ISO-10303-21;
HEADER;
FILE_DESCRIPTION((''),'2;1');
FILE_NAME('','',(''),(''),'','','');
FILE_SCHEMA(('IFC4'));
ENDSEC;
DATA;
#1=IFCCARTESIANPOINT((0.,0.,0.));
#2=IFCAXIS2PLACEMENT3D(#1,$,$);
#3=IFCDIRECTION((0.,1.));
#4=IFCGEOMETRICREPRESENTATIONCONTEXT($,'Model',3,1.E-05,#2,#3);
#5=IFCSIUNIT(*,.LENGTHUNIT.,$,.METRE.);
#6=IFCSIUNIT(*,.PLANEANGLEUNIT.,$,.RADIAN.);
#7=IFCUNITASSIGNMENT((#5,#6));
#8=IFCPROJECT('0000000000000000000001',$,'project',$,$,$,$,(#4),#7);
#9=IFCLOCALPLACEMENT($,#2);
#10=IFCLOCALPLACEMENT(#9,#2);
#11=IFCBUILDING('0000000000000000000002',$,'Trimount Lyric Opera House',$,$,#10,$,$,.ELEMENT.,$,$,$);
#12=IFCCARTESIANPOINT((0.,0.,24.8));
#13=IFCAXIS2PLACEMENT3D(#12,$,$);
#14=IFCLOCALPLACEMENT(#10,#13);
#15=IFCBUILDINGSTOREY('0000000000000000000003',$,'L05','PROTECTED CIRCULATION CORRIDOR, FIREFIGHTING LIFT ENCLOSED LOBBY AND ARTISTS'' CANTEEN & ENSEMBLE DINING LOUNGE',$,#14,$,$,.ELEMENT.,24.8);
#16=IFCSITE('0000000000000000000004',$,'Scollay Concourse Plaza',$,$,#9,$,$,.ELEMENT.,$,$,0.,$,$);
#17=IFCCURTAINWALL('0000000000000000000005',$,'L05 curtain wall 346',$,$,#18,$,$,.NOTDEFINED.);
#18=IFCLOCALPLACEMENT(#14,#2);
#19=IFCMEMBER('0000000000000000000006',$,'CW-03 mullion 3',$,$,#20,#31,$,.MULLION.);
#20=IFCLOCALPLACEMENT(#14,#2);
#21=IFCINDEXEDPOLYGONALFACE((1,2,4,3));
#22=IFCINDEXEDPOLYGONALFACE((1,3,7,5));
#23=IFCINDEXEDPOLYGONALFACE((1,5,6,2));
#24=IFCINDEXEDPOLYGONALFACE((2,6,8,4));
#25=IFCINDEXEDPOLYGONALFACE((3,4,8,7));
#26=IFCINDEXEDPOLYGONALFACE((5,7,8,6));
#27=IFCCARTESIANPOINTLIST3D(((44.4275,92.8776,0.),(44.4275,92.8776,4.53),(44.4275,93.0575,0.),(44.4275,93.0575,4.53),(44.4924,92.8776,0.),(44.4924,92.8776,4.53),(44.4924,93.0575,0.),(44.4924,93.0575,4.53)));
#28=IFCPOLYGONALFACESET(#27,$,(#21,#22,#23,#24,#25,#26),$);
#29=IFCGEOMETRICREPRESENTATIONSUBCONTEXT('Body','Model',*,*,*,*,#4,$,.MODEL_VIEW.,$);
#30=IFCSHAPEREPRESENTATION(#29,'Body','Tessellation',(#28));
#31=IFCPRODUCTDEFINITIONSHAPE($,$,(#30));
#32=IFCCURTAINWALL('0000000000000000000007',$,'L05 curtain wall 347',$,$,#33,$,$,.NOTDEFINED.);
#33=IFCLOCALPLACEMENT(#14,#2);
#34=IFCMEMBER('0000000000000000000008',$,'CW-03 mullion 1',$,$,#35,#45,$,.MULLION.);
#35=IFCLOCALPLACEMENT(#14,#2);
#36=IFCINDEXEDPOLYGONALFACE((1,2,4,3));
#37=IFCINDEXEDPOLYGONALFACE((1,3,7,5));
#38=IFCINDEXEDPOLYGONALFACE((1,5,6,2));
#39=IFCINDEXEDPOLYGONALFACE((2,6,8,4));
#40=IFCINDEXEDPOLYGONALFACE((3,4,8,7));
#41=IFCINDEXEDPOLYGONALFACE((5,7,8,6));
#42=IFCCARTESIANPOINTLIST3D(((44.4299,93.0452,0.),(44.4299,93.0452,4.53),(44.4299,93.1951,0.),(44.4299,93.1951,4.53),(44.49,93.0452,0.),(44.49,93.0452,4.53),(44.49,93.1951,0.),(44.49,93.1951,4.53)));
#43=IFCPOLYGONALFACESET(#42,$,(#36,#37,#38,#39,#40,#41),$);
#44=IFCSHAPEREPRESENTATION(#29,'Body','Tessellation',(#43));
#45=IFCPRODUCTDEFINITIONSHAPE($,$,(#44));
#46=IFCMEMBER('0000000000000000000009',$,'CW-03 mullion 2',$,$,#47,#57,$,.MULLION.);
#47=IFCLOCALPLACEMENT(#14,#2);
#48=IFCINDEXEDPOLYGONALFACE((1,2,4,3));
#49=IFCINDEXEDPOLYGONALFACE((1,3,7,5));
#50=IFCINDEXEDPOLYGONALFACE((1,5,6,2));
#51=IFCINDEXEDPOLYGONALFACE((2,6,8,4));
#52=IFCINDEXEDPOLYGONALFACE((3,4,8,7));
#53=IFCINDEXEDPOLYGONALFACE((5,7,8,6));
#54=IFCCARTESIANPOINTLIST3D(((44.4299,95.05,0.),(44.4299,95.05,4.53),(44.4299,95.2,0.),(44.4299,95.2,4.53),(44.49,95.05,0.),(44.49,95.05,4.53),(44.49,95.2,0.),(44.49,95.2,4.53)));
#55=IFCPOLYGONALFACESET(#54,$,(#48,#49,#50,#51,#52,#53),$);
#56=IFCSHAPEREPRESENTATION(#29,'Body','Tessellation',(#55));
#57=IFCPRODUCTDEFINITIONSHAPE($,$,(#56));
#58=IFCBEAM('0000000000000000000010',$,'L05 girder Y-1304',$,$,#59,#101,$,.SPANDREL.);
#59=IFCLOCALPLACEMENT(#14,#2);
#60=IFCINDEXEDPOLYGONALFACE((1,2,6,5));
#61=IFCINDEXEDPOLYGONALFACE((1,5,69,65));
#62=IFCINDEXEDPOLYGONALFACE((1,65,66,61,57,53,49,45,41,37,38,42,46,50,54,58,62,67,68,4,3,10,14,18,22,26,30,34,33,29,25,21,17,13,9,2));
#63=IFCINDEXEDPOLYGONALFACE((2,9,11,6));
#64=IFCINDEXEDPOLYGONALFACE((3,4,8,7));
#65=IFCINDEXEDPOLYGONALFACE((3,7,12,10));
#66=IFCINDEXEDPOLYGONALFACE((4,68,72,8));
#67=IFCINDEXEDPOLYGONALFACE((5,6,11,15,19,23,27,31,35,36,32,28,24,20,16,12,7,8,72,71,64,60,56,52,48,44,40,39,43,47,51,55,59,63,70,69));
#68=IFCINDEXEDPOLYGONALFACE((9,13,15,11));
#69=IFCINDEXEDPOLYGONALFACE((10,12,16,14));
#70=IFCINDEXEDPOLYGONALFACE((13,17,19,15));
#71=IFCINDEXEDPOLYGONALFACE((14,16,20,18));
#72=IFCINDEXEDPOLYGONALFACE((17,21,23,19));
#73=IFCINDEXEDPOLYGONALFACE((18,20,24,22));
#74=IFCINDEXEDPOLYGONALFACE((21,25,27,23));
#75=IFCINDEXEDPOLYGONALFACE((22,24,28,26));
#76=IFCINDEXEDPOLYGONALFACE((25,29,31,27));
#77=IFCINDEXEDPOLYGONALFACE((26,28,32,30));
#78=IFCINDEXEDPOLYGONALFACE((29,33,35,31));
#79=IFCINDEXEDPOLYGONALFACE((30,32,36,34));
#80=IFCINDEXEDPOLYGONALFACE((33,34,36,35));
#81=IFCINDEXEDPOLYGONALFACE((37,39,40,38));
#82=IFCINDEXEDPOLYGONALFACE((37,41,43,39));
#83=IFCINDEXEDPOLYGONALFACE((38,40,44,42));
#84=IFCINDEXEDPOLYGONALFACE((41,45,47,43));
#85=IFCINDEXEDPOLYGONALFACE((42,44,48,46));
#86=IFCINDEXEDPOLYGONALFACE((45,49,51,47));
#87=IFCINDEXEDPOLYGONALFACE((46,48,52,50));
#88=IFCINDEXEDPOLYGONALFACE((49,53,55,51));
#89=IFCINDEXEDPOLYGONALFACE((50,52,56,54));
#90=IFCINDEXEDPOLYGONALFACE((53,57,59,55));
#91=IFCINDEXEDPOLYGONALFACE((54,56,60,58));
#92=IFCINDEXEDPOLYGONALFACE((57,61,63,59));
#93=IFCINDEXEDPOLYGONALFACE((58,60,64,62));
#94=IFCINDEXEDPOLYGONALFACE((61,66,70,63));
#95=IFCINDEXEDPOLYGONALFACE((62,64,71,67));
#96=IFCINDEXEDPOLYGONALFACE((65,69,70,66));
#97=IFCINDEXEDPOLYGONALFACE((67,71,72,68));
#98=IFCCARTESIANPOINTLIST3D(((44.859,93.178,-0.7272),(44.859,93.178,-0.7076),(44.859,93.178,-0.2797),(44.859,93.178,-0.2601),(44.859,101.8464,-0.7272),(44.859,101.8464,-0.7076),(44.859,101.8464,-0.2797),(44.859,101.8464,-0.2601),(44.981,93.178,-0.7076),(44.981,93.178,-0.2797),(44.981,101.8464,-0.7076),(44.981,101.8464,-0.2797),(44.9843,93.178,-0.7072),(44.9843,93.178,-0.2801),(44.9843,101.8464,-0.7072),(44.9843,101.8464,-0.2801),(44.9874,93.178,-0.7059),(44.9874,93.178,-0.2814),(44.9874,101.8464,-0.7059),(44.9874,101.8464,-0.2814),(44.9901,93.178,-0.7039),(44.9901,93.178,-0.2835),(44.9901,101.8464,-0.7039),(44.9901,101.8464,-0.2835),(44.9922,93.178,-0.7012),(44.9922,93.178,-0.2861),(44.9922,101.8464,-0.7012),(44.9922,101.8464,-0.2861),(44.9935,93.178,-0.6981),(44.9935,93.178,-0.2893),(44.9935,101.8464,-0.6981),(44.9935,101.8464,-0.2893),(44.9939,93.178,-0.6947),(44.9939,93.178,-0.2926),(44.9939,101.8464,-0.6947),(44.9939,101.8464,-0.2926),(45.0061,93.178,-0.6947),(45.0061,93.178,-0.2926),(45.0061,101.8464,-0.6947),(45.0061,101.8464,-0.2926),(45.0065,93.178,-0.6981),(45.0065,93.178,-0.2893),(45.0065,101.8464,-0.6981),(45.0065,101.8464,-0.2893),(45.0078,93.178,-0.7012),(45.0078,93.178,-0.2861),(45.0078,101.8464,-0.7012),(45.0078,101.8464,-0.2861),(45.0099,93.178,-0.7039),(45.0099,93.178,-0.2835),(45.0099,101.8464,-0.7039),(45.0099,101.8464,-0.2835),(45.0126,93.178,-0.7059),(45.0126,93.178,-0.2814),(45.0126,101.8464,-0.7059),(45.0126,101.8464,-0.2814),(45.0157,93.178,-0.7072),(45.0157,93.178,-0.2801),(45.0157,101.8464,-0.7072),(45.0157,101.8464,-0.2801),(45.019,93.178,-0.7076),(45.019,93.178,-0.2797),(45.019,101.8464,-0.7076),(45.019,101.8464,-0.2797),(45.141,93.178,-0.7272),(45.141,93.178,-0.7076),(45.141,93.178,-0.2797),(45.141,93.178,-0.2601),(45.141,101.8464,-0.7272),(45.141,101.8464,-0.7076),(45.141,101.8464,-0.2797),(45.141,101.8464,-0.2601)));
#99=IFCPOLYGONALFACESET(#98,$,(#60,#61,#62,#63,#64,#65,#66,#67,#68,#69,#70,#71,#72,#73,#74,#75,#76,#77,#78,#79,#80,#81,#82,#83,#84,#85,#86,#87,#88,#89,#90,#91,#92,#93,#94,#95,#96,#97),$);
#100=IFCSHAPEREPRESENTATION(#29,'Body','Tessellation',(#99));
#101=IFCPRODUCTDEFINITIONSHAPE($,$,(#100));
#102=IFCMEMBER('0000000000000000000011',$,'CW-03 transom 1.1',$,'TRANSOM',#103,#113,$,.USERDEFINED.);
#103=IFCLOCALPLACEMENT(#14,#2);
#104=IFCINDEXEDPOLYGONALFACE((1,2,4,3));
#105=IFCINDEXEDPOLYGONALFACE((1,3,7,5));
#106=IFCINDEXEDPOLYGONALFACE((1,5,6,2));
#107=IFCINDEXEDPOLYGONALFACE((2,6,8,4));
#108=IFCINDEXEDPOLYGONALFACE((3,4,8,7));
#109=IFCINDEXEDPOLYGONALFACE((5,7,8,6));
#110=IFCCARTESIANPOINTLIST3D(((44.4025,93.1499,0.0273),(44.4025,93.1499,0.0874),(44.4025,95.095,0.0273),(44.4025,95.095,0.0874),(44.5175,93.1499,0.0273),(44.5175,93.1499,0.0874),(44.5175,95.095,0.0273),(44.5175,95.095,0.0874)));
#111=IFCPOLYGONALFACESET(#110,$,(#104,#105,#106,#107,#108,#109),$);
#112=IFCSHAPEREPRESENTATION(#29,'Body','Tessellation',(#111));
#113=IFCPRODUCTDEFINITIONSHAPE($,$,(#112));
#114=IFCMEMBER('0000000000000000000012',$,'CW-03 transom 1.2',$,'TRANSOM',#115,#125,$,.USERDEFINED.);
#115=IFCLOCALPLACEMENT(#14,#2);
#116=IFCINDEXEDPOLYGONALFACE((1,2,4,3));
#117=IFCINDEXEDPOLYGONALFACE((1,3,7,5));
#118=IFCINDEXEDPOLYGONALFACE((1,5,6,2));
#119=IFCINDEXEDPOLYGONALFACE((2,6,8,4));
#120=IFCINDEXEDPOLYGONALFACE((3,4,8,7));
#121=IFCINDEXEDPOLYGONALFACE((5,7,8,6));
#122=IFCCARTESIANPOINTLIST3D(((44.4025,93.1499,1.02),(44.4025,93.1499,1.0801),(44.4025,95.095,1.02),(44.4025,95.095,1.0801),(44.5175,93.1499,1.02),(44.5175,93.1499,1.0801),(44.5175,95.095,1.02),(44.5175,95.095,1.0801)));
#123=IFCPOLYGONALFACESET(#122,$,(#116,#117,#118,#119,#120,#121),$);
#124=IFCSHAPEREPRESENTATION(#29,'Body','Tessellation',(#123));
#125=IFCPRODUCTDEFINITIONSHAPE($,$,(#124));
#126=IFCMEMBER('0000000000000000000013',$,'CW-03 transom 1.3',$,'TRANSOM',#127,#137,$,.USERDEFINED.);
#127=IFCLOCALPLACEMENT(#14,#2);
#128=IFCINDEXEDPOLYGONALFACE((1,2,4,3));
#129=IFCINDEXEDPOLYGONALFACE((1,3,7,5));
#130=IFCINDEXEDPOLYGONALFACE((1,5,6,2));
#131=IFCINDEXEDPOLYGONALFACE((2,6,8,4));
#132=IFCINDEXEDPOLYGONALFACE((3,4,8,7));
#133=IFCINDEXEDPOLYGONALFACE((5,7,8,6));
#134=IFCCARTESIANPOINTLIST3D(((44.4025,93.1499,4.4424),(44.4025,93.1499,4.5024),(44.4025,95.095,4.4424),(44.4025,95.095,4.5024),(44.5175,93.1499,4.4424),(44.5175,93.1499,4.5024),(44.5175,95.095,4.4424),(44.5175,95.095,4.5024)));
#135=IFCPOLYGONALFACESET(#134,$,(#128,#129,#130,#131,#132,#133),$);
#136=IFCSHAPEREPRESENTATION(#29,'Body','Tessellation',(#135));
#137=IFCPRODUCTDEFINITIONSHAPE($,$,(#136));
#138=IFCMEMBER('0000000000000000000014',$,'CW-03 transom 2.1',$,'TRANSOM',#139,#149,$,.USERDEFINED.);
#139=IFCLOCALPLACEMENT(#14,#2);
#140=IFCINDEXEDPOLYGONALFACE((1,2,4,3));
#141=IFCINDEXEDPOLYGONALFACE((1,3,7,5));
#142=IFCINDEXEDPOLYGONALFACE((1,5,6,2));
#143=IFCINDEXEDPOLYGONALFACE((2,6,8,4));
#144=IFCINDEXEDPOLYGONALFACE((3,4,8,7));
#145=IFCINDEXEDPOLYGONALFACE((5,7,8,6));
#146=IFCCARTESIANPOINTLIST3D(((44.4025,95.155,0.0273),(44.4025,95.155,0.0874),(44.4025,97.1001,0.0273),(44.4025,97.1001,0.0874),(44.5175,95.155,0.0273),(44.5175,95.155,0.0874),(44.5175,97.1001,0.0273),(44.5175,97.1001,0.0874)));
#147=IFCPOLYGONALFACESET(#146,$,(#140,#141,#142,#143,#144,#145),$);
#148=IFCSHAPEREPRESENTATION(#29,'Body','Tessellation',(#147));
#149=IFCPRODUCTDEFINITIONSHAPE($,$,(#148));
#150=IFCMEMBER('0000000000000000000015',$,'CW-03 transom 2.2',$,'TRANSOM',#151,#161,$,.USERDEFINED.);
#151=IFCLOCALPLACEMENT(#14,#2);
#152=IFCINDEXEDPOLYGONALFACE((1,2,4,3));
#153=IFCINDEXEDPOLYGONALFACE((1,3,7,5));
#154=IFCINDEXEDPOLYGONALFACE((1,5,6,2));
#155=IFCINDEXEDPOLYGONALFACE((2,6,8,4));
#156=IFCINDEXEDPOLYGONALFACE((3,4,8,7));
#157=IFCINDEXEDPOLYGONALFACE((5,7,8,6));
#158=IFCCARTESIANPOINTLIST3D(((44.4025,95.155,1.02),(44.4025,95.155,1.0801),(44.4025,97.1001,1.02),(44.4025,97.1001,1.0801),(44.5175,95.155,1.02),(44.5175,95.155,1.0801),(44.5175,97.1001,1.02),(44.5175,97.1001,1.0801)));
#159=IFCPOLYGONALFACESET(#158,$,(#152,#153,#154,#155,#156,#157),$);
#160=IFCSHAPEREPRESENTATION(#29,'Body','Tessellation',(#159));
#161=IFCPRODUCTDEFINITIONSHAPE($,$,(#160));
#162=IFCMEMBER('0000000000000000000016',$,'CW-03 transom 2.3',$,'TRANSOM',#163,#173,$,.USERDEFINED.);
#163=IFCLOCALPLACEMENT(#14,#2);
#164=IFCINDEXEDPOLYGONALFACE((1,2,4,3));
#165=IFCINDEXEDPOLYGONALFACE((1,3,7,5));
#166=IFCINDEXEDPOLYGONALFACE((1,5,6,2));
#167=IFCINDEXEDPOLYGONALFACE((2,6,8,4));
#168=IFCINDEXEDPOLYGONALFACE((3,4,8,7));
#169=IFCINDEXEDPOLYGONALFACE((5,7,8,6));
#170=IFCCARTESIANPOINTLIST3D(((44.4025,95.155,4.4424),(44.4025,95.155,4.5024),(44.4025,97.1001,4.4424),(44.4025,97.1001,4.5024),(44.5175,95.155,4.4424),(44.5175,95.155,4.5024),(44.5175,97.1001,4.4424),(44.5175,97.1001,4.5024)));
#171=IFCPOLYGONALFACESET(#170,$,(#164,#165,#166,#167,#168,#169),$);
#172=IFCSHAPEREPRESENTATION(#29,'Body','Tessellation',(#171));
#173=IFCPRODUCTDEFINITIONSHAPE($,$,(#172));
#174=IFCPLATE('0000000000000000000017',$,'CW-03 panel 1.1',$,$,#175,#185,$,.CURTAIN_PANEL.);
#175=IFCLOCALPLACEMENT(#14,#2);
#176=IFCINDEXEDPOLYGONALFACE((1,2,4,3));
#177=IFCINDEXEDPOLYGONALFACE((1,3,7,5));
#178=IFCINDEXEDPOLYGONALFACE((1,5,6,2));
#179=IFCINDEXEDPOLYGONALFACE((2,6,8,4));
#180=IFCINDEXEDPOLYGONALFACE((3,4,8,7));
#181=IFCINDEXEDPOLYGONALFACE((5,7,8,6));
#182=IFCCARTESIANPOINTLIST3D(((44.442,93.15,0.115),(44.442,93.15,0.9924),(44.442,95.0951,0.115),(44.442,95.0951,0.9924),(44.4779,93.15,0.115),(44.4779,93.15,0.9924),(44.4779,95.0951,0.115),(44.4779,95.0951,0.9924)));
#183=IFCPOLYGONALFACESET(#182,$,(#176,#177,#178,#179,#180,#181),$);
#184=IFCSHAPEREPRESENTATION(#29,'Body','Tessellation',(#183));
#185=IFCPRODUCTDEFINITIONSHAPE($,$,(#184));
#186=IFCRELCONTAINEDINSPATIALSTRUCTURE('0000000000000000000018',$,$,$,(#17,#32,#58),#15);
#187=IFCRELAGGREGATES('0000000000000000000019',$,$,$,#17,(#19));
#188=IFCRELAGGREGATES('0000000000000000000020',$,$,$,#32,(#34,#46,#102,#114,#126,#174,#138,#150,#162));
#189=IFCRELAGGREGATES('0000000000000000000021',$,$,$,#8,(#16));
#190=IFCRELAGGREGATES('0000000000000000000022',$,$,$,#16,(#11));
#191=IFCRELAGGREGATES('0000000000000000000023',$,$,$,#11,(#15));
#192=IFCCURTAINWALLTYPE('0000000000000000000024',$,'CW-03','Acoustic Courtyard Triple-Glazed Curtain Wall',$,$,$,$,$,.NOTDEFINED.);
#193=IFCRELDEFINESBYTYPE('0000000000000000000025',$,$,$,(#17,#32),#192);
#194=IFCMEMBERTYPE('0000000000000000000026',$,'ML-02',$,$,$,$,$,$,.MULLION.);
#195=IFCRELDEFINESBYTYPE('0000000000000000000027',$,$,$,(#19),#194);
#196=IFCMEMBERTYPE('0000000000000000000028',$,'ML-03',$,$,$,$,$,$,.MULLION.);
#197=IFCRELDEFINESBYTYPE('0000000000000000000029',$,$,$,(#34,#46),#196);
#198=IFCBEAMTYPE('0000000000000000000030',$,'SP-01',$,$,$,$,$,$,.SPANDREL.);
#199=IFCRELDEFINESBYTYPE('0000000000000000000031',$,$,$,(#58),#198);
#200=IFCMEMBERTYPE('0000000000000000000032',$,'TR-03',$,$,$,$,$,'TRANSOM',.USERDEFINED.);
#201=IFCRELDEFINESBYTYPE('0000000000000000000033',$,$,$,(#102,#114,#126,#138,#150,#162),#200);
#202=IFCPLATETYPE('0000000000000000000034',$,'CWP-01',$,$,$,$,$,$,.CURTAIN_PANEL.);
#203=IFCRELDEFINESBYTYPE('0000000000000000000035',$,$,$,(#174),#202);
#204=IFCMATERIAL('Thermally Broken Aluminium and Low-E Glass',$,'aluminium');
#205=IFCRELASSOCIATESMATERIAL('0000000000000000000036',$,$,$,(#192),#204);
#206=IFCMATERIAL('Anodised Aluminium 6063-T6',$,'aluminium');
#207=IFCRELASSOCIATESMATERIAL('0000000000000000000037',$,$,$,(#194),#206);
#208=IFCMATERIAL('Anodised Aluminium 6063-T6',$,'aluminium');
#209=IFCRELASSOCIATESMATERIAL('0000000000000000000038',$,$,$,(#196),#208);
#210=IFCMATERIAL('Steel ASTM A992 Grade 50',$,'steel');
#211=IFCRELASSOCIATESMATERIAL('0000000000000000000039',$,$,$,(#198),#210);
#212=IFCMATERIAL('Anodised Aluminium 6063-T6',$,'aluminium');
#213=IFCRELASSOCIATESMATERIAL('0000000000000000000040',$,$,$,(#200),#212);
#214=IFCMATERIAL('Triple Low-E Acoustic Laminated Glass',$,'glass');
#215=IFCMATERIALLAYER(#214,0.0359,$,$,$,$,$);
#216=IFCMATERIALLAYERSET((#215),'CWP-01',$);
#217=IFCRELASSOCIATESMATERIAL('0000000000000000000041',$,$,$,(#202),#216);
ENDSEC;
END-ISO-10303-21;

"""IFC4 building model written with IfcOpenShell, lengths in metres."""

from ifc_helpers import new_model, si_unit, direction, frame, origin, origin_2d, place, context, subcontext, project, spatial, rectangle, i_section, extrude, material, layer, layer_set, material_profile, profile_set, type_object, element, aggregate, save


model = new_model("IFC4")

# Units and contexts
model_context = context("Model", 3, precision=1e-05, world=origin(), true_north=direction((0.0, 1.0)))
body_context = subcontext(model_context, "Body", "Model", "MODEL_VIEW")
ifc_project = project(units=[si_unit("LENGTHUNIT", "METRE"), si_unit("PLANEANGLEUNIT", "RADIAN")], contexts=[model_context])

# Site, building, storey
site_placement = place(None, origin())
site = spatial("IfcSite", under=ifc_project, at=site_placement, Name="Scollay Concourse Plaza", CompositionType="ELEMENT", RefElevation=0.0)
building_placement = place(site_placement, origin())
building = spatial("IfcBuilding", under=site, at=building_placement, Name="Trimount Lyric Opera House", CompositionType="ELEMENT")
storey_placement = place(building_placement, frame((0.0, 0.0, 24.8)))
storey = spatial("IfcBuildingStorey", under=building, at=storey_placement, Name="L05", Description="PROTECTED CIRCULATION CORRIDOR, FIREFIGHTING LIFT ENCLOSED LOBBY AND ARTISTS' CANTEEN & ENSEMBLE DINING LOUNGE", CompositionType="ELEMENT", Elevation=24.8)

# Curtain wall, member
ifc_material_1 = material(Name="Thermally Broken Aluminium and Low-E Glass", Category="aluminium")
curtain_wall_type = type_object("IfcCurtainWallType", Name="CW-03", Description="Acoustic Courtyard Triple-Glazed Curtain Wall", PredefinedType="NOTDEFINED", material=ifc_material_1)
curtain_wall_1_placement = place(storey_placement, origin())
curtain_wall_1 = element("IfcCurtainWall", 1, at=curtain_wall_1_placement, inside=storey, type_object=curtain_wall_type, Name="L05 curtain wall 346", PredefinedType="NOTDEFINED")
ifc_material_2 = material(Name="Anodised Aluminium 6063-T6", Category="aluminium")
ifc_material_profile_1 = material_profile(ifc_material_2, rectangle(XDim=0.0649, YDim=0.1799, at=origin_2d()), Name="ALU-MULL-65X180")
ifc_profile_set_1 = profile_set([ifc_material_profile_1], Name="Anodised Aluminium 6063-T6")
member_type_1 = type_object("IfcMemberType", Name="ML-02", PredefinedType="MULLION", material=ifc_profile_set_1)
member_1_placement = place(storey_placement, frame((44.46, 92.9675, 0.0), z_axis=(0.0, 0.0, 1.0), x_axis=(-1.0, 0.0, 0.0)))
member_1 = element("IfcMember", 2, at=member_1_placement, type_object=member_type_1, Name="CW-03 mullion 3", PredefinedType="MULLION", context=body_context, shape_type="SweptSolid", body=[
    extrude(rectangle(XDim=0.0649, YDim=0.1799, at=origin_2d()), origin(), (0.0, 0.0, 1.0), 4.53),
])

# Curtain wall, members
curtain_wall_2_placement = place(storey_placement, origin())
curtain_wall_2 = element("IfcCurtainWall", 3, at=curtain_wall_2_placement, inside=storey, type_object=curtain_wall_type, Name="L05 curtain wall 347", PredefinedType="NOTDEFINED")
ifc_material_3 = material(Name="Anodised Aluminium 6063-T6", Category="aluminium")
ifc_material_profile_2 = material_profile(ifc_material_3, rectangle(XDim=0.0601, YDim=0.1499, at=origin_2d()), Name="ALU-MULL-60X150")
ifc_profile_set_2 = profile_set([ifc_material_profile_2], Name="Anodised Aluminium 6063-T6")
member_type_2 = type_object("IfcMemberType", Name="ML-03", PredefinedType="MULLION", material=ifc_profile_set_2)
member_2_placement = place(storey_placement, frame((44.46, 93.1201, 0.0), z_axis=(0.0, 0.0, 1.0), x_axis=(-1.0, 0.0, 0.0)))
member_2 = element("IfcMember", 4, at=member_2_placement, type_object=member_type_2, Name="CW-03 mullion 1", PredefinedType="MULLION", context=body_context, shape_type="SweptSolid", body=[
    extrude(rectangle(XDim=0.0601, YDim=0.1499, at=origin_2d()), origin(), (0.0, 0.0, 1.0), 4.53),
])
member_3_placement = place(storey_placement, frame((44.46, 95.125, 0.0), z_axis=(0.0, 0.0, 1.0), x_axis=(-1.0, 0.0, 0.0)))
member_3 = element("IfcMember", 5, at=member_3_placement, type_object=member_type_2, Name="CW-03 mullion 2", PredefinedType="MULLION", context=body_context, shape_type="SweptSolid", body=[
    extrude(rectangle(XDim=0.0601, YDim=0.1499, at=origin_2d()), origin(), (0.0, 0.0, 1.0), 4.53),
])

# Beam
ifc_material_4 = material(Name="Steel ASTM A992 Grade 50", Category="steel")
ifc_material_profile_3 = material_profile(ifc_material_4, i_section(OverallWidth=0.282, OverallDepth=0.467, WebThickness=0.0122, FlangeThickness=0.0195, FilletRadius=0.0129, at=origin_2d()), Name="W18X86")
ifc_profile_set_3 = profile_set([ifc_material_profile_3], Name="Steel ASTM A992 Grade 50")
beam_type_1 = type_object("IfcBeamType", Name="SP-01", PredefinedType="SPANDREL", material=ifc_profile_set_3)
beam_1_placement = place(storey_placement, frame((45.0, 93.178, -0.4937), z_axis=(0.0, 1.0, 0.0), x_axis=(-1.0, 0.0, 0.0)))
element("IfcBeam", 6, at=beam_1_placement, inside=storey, type_object=beam_type_1, Name="L05 girder Y-1304", PredefinedType="SPANDREL", context=body_context, shape_type="SweptSolid", body=[
    extrude(i_section(OverallWidth=0.282, OverallDepth=0.467, WebThickness=0.0122, FlangeThickness=0.0195, FilletRadius=0.0129, at=origin_2d()), origin(), (0.0, 0.0, 1.0), 8.6685),
])

# Members
ifc_material_5 = material(Name="Anodised Aluminium 6063-T6", Category="aluminium")
ifc_material_profile_4 = material_profile(ifc_material_5, rectangle(XDim=0.115, YDim=0.0601, at=origin_2d()), Name="ALU-TRAN-60X115")
ifc_profile_set_4 = profile_set([ifc_material_profile_4], Name="Anodised Aluminium 6063-T6")
member_type_3 = type_object("IfcMemberType", Name="TR-03", ElementType="TRANSOM", PredefinedType="USERDEFINED", material=ifc_profile_set_4)
member_4_placement = place(storey_placement, frame((44.46, 93.1499, 0.0574), z_axis=(0.0, 1.0, 0.0), x_axis=(-1.0, 0.0, 0.0)))
member_4 = element("IfcMember", 7, at=member_4_placement, type_object=member_type_3, Name="CW-03 transom 1.1", ObjectType="TRANSOM", PredefinedType="USERDEFINED", context=body_context, shape_type="SweptSolid", body=[
    extrude(rectangle(XDim=0.115, YDim=0.0601, at=origin_2d()), origin(), (0.0, 0.0, 1.0), 1.9451),
])
member_5_placement = place(storey_placement, frame((44.46, 93.1499, 1.05), z_axis=(0.0, 1.0, 0.0), x_axis=(-1.0, 0.0, 0.0)))
member_5 = element("IfcMember", 8, at=member_5_placement, type_object=member_type_3, Name="CW-03 transom 1.2", ObjectType="TRANSOM", PredefinedType="USERDEFINED", context=body_context, shape_type="SweptSolid", body=[
    extrude(rectangle(XDim=0.115, YDim=0.0601, at=origin_2d()), origin(), (0.0, 0.0, 1.0), 1.9451),
])
member_6_placement = place(storey_placement, frame((44.46, 93.1499, 4.4724), z_axis=(0.0, 1.0, 0.0), x_axis=(-1.0, 0.0, 0.0)))
member_6 = element("IfcMember", 9, at=member_6_placement, type_object=member_type_3, Name="CW-03 transom 1.3", ObjectType="TRANSOM", PredefinedType="USERDEFINED", context=body_context, shape_type="SweptSolid", body=[
    extrude(rectangle(XDim=0.115, YDim=0.0601, at=origin_2d()), origin(), (0.0, 0.0, 1.0), 1.9451),
])
member_7_placement = place(storey_placement, frame((44.46, 95.155, 0.0574), z_axis=(0.0, 1.0, 0.0), x_axis=(-1.0, 0.0, 0.0)))
member_7 = element("IfcMember", 10, at=member_7_placement, type_object=member_type_3, Name="CW-03 transom 2.1", ObjectType="TRANSOM", PredefinedType="USERDEFINED", context=body_context, shape_type="SweptSolid", body=[
    extrude(rectangle(XDim=0.115, YDim=0.0601, at=origin_2d()), origin(), (0.0, 0.0, 1.0), 1.9451),
])
member_8_placement = place(storey_placement, frame((44.46, 95.155, 1.05), z_axis=(0.0, 1.0, 0.0), x_axis=(-1.0, 0.0, 0.0)))
member_8 = element("IfcMember", 11, at=member_8_placement, type_object=member_type_3, Name="CW-03 transom 2.2", ObjectType="TRANSOM", PredefinedType="USERDEFINED", context=body_context, shape_type="SweptSolid", body=[
    extrude(rectangle(XDim=0.115, YDim=0.0601, at=origin_2d()), origin(), (0.0, 0.0, 1.0), 1.9451),
])
member_9_placement = place(storey_placement, frame((44.46, 95.155, 4.4724), z_axis=(0.0, 1.0, 0.0), x_axis=(-1.0, 0.0, 0.0)))
member_9 = element("IfcMember", 12, at=member_9_placement, type_object=member_type_3, Name="CW-03 transom 2.3", ObjectType="TRANSOM", PredefinedType="USERDEFINED", context=body_context, shape_type="SweptSolid", body=[
    extrude(rectangle(XDim=0.115, YDim=0.0601, at=origin_2d()), origin(), (0.0, 0.0, 1.0), 1.9451),
])

# Plate
ifc_material_6 = material(Name="Triple Low-E Acoustic Laminated Glass", Category="glass")
ifc_layer_1 = layer(ifc_material_6, 0.0359)
ifc_layer_set_1 = layer_set([ifc_layer_1], Name="CWP-01")
plate_type_1 = type_object("IfcPlateType", Name="CWP-01", PredefinedType="CURTAIN_PANEL", material=ifc_layer_set_1)
plate_1_placement = place(storey_placement, frame((44.46, 94.1226, 0.115), z_axis=(0.0, 0.0, 1.0), x_axis=(0.0, 1.0, 0.0)))
plate_1 = element("IfcPlate", 13, at=plate_1_placement, type_object=plate_type_1, Name="CW-03 panel 1.1", PredefinedType="CURTAIN_PANEL", context=body_context, shape_type="SweptSolid", body=[
    extrude(rectangle(XDim=1.9451, YDim=0.0359, at=origin_2d()), origin(), (0.0, 0.0, 1.0), 0.8774),
])
aggregate(curtain_wall_1, [member_1])
aggregate(curtain_wall_2, [member_2, member_3, member_4, member_5, member_6, plate_1, member_7, member_8, member_9])

save(model, "model.ifc")
